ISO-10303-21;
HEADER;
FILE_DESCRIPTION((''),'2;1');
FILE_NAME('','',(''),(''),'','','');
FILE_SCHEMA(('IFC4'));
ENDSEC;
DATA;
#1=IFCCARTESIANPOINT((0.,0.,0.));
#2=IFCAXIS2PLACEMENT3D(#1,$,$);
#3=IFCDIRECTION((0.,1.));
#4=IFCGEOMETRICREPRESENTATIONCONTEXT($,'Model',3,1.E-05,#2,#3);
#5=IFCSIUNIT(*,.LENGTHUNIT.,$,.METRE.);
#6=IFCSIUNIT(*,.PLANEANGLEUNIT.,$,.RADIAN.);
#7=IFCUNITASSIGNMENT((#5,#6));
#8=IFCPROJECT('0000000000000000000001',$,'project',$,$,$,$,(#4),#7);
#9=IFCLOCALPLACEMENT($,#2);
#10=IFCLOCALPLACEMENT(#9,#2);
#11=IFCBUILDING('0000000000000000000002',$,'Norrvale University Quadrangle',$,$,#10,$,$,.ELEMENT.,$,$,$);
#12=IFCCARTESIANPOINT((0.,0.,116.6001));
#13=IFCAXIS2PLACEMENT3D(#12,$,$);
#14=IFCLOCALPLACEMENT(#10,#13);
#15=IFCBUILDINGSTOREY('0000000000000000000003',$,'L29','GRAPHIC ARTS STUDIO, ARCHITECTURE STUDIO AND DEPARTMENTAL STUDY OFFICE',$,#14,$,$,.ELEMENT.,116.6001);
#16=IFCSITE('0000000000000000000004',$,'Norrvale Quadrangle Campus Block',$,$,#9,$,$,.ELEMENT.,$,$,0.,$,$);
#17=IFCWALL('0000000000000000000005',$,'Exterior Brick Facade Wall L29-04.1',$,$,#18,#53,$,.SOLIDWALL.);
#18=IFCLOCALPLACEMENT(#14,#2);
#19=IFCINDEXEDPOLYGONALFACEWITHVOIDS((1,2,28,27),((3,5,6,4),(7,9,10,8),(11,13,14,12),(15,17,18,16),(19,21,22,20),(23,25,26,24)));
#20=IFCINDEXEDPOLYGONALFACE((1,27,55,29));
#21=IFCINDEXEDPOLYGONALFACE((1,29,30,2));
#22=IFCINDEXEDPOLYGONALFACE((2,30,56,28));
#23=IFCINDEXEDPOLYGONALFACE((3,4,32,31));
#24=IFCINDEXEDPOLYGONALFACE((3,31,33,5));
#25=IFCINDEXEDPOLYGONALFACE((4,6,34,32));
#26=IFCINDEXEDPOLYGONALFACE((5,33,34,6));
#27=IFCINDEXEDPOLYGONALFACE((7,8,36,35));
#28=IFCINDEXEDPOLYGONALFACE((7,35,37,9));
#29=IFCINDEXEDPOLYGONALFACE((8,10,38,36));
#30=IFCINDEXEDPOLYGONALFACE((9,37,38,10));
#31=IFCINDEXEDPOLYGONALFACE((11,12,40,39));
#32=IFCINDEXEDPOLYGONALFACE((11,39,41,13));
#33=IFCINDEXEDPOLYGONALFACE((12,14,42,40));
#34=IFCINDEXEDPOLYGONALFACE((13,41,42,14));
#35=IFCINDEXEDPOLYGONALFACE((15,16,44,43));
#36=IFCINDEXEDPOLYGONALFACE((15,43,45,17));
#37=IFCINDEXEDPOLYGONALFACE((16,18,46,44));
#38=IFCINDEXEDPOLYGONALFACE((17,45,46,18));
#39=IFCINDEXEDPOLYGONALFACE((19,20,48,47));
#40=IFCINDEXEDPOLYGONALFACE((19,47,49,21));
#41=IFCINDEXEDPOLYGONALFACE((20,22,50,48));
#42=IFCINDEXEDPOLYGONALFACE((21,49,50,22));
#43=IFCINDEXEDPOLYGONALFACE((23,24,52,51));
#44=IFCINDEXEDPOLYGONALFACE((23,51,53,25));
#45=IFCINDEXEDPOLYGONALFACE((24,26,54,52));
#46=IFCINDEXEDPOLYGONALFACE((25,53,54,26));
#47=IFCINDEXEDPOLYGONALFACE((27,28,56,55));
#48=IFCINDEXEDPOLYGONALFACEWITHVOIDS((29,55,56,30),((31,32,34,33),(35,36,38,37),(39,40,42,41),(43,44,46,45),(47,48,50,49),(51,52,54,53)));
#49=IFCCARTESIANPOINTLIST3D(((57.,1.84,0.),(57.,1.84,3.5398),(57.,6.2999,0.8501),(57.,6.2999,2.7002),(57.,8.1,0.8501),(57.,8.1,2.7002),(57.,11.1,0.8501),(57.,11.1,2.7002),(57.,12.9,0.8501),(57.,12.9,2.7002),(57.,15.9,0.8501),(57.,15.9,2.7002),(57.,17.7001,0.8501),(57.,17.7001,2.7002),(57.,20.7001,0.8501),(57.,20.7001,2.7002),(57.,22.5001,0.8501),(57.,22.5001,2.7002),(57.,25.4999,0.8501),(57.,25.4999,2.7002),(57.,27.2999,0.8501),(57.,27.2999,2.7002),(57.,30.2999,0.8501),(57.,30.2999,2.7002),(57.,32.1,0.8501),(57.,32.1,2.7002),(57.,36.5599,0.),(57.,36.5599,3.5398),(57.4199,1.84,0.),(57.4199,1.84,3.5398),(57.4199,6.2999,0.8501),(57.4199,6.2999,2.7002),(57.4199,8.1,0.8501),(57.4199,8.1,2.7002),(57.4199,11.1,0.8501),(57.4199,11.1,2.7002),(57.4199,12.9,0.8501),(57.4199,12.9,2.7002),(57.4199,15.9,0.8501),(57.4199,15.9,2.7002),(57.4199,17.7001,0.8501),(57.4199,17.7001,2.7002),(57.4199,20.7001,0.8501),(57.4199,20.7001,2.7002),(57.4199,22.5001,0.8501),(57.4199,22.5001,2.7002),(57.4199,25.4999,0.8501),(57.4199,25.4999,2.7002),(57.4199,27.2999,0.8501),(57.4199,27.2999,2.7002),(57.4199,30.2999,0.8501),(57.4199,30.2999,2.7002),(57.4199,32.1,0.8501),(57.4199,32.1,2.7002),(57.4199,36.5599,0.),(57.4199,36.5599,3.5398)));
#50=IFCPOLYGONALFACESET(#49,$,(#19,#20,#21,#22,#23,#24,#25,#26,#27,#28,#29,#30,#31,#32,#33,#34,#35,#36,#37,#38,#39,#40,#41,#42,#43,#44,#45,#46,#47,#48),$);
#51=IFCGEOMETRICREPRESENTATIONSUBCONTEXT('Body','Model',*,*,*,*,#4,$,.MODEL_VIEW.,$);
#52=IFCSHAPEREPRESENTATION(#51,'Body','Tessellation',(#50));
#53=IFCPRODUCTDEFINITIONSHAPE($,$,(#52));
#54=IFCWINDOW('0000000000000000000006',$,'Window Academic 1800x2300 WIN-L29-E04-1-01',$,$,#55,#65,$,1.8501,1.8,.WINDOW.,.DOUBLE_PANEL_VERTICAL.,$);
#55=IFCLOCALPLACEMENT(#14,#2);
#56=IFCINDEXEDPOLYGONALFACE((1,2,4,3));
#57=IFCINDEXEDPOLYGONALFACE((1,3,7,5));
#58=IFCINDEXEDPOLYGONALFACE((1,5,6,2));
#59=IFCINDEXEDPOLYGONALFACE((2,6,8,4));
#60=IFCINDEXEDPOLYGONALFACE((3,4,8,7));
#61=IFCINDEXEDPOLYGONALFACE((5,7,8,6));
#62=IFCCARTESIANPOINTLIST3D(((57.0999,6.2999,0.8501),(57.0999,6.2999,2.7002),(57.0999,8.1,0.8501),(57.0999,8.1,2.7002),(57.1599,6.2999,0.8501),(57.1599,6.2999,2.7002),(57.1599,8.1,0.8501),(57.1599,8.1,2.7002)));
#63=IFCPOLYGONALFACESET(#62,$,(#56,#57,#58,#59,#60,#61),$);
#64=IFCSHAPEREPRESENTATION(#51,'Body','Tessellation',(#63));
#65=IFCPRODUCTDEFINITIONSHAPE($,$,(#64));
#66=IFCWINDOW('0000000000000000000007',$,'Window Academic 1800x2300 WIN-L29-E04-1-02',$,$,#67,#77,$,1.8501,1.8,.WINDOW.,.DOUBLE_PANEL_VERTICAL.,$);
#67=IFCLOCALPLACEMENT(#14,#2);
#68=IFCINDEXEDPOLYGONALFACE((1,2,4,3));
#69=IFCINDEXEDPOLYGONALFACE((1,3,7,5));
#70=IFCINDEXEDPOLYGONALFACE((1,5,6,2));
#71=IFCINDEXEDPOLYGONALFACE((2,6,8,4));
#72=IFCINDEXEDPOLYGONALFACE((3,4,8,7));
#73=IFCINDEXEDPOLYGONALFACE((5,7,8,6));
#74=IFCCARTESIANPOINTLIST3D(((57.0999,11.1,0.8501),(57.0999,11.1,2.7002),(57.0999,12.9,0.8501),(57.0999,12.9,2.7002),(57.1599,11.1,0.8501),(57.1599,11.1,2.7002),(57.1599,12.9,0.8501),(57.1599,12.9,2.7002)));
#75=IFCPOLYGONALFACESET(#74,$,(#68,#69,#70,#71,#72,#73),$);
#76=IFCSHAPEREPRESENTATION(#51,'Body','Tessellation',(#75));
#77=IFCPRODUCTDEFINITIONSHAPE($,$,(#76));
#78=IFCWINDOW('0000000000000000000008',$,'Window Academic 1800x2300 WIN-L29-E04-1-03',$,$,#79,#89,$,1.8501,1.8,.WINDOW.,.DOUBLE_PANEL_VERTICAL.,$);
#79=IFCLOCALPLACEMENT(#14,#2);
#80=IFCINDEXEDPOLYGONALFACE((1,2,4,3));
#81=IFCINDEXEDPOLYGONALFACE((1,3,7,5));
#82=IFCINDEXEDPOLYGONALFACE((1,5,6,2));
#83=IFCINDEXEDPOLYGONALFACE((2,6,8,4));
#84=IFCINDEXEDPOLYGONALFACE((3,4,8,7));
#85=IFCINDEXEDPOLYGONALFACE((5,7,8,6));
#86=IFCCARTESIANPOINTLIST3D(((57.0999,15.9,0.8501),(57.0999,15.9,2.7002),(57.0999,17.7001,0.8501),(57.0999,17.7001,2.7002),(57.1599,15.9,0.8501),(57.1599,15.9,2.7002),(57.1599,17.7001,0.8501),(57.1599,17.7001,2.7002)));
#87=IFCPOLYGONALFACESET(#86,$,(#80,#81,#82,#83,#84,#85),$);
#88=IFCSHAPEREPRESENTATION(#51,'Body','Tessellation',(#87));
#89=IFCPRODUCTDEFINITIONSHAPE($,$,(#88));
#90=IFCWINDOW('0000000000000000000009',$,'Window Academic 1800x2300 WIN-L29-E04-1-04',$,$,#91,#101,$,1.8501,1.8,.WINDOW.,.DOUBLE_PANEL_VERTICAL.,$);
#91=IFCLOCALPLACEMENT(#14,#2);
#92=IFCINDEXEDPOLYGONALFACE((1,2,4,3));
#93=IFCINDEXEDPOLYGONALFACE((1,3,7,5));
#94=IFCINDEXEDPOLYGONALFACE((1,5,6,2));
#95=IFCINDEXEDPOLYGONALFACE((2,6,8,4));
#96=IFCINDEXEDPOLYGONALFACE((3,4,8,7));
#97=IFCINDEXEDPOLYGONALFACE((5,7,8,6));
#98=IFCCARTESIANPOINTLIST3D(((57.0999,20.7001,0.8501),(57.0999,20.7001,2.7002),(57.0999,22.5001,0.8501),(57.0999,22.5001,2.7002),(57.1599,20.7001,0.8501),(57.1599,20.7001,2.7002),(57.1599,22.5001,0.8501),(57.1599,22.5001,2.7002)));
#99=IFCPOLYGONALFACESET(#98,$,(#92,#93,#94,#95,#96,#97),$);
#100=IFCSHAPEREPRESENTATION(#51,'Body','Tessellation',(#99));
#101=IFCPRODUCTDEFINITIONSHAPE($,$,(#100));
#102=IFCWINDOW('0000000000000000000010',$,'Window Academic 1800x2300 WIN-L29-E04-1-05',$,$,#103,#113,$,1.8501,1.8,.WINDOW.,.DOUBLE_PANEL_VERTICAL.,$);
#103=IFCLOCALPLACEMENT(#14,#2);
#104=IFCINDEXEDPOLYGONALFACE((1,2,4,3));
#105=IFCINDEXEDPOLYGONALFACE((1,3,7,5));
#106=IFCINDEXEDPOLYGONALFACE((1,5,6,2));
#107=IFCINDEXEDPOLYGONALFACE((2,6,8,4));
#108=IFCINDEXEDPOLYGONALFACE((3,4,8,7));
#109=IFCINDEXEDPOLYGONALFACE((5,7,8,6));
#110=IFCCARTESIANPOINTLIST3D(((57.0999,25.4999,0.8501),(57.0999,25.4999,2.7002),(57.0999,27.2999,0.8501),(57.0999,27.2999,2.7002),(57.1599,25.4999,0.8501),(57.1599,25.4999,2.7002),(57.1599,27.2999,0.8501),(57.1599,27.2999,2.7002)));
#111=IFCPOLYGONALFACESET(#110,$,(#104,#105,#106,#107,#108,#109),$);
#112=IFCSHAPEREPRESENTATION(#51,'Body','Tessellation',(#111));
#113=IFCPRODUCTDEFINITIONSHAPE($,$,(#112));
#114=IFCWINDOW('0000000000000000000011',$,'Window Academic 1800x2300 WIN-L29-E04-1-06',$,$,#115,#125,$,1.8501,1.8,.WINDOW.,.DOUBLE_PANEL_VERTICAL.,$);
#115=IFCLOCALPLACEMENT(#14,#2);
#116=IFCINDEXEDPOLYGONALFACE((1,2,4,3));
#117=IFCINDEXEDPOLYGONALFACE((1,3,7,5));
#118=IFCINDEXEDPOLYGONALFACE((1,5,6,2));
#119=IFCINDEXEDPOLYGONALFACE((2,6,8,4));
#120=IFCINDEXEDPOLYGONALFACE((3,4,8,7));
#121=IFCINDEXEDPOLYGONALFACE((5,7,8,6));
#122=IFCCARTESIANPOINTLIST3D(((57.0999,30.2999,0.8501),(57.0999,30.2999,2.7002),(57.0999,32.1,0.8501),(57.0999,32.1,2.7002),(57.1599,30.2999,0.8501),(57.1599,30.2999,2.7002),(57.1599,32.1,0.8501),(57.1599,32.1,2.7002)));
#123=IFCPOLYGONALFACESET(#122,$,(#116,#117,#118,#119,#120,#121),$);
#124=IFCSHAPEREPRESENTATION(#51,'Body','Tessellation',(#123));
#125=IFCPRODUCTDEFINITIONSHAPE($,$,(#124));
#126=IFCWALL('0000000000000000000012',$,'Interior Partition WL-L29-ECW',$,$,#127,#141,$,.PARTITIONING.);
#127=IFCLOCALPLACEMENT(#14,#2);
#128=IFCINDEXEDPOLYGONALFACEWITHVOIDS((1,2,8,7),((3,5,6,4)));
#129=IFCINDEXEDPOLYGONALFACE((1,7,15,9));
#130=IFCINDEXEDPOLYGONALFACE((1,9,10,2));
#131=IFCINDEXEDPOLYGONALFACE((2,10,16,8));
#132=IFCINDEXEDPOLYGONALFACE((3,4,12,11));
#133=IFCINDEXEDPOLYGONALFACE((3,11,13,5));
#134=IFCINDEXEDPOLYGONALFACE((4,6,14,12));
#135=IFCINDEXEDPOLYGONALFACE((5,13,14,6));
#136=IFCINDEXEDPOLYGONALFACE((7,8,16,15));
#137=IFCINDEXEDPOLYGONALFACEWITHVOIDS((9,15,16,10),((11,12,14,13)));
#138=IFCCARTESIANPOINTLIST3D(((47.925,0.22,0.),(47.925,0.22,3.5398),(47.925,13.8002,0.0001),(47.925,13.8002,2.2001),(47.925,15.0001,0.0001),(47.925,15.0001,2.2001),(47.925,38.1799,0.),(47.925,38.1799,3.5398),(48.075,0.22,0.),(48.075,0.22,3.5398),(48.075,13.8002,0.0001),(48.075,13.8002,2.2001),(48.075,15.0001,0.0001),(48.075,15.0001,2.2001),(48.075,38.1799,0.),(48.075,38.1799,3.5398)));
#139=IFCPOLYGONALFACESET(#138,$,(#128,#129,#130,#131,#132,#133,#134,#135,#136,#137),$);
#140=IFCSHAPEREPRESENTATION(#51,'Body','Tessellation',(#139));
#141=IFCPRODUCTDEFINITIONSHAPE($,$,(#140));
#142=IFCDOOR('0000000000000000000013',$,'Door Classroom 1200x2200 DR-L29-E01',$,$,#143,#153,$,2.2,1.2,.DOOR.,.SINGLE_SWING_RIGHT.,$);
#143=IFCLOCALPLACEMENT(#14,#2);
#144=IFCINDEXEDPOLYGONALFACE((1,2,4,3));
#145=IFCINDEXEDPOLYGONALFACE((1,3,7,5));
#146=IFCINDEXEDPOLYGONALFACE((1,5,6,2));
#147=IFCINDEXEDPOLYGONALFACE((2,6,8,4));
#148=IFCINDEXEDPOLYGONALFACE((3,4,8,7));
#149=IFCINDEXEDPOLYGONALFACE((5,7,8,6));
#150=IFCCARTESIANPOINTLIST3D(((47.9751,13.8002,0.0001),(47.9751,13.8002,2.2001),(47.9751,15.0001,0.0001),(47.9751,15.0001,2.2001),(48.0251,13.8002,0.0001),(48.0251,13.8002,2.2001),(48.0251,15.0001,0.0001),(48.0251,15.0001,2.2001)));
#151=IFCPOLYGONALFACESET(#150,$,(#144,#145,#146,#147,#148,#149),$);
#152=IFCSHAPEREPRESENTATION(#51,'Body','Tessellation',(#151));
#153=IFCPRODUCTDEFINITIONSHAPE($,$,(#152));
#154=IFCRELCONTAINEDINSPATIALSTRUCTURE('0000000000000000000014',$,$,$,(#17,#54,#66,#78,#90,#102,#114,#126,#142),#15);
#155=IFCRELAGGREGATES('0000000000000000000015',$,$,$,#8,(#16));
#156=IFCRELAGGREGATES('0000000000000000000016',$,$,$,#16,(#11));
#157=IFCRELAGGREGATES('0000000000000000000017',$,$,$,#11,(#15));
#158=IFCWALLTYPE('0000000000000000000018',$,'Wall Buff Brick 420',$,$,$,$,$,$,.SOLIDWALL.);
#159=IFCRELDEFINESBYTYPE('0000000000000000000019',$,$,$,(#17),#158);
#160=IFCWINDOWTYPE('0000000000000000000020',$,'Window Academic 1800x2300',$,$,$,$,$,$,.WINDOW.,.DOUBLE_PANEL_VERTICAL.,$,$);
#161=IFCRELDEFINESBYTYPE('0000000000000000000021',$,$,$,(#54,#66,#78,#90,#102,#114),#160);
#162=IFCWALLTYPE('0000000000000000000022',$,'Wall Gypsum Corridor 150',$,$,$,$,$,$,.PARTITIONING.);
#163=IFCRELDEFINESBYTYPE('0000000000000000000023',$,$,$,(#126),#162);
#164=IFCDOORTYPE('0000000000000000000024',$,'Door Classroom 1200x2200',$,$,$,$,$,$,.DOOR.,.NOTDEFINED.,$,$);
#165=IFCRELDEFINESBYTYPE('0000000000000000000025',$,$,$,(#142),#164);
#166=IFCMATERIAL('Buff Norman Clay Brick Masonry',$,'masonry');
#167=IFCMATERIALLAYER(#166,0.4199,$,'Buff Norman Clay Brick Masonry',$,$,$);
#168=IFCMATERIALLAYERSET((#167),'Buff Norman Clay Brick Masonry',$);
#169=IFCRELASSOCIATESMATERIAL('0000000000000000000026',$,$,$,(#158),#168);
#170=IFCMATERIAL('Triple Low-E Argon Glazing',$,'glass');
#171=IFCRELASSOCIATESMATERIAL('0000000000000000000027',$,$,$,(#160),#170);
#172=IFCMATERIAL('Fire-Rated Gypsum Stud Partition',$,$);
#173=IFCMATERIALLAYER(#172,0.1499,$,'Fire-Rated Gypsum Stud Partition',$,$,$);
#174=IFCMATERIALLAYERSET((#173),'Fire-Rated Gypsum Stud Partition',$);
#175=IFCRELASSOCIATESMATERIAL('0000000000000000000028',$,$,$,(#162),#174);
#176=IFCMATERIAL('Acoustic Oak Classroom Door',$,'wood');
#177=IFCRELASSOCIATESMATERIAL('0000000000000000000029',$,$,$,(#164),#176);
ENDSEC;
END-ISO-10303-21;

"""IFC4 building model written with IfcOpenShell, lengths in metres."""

from ifc_helpers import new_model, si_unit, direction, frame, frame_2d, origin, place, context, subcontext, project, spatial, rectangle, extrude, material, layer, layer_set, type_object, element, fill, save


model = new_model("IFC4")

# Units and contexts
model_context = context("Model", 3, precision=1e-05, world=origin(), true_north=direction((0.0, 1.0)))
body_context = subcontext(model_context, "Body", "Model", "MODEL_VIEW")
ifc_project = project(units=[si_unit("LENGTHUNIT", "METRE"), si_unit("PLANEANGLEUNIT", "RADIAN")], contexts=[model_context])

# Site, building, storey
site_placement = place(None, origin())
site = spatial("IfcSite", under=ifc_project, at=site_placement, Name="Norrvale Quadrangle Campus Block", CompositionType="ELEMENT", RefElevation=0.0)
building_placement = place(site_placement, origin())
building = spatial("IfcBuilding", under=site, at=building_placement, Name="Norrvale University Quadrangle", CompositionType="ELEMENT")
storey_placement = place(building_placement, frame((0.0, 0.0, 116.6001)))
storey = spatial("IfcBuildingStorey", under=building, at=storey_placement, Name="L29", Description="GRAPHIC ARTS STUDIO, ARCHITECTURE STUDIO AND DEPARTMENTAL STUDY OFFICE", CompositionType="ELEMENT", Elevation=116.6001)

# Shared definitions
ifc_material_1 = material(Name="Buff Norman Clay Brick Masonry", Category="masonry")
ifc_layer_1 = layer(ifc_material_1, 0.4199, Name="Buff Norman Clay Brick Masonry")
ifc_layer_set_1 = layer_set([ifc_layer_1], Name="Buff Norman Clay Brick Masonry")
wall_type_1 = type_object("IfcWallType", Name="Wall Buff Brick 420", PredefinedType="SOLIDWALL", material=ifc_layer_set_1)

# Wall, openings, windows
wall_1_placement = place(storey_placement, frame((57.21, 1.8401, 0.0), z_axis=(0.0, 0.0, 1.0), x_axis=(0.0, 1.0, 0.0)))
wall_1 = element("IfcWall", 1, at=wall_1_placement, inside=storey, type_object=wall_type_1, Name="Exterior Brick Facade Wall L29-04.1", PredefinedType="SOLIDWALL", context=body_context, shape_type="SweptSolid", body=[
    extrude(rectangle(XDim=34.72, YDim=0.4199, at=frame_2d((17.3599, 0.0))), origin(), (0.0, 0.0, 1.0), 3.5398),
])
opening_1_placement = place(wall_1_placement, frame((4.46, 0.0, 0.8501)))
opening_1 = element("IfcOpeningElement", 2, at=opening_1_placement, cuts=wall_1, PredefinedType="OPENING", context=body_context, shape_type="SweptSolid", body=[
    extrude(rectangle(XDim=1.8, YDim=1.8501, at=frame_2d((0.8999, 0.925))), frame((0.0, 0.2219, 0.0), z_axis=(0.0, -1.0, 0.0), x_axis=(1.0, 0.0, 0.0)), (0.0, 0.0, 1.0), 0.4438),
])
opening_2_placement = place(wall_1_placement, frame((9.26, 0.0, 0.8501)))
opening_2 = element("IfcOpeningElement", 3, at=opening_2_placement, cuts=wall_1, PredefinedType="OPENING", context=body_context, shape_type="SweptSolid", body=[
    extrude(rectangle(XDim=1.8, YDim=1.8501, at=frame_2d((0.8999, 0.925))), frame((0.0, 0.2219, 0.0), z_axis=(0.0, -1.0, 0.0), x_axis=(1.0, 0.0, 0.0)), (0.0, 0.0, 1.0), 0.4438),
])
opening_3_placement = place(wall_1_placement, frame((14.0601, 0.0, 0.8501)))
opening_3 = element("IfcOpeningElement", 4, at=opening_3_placement, cuts=wall_1, PredefinedType="OPENING", context=body_context, shape_type="SweptSolid", body=[
    extrude(rectangle(XDim=1.8, YDim=1.8501, at=frame_2d((0.8999, 0.925))), frame((0.0, 0.2219, 0.0), z_axis=(0.0, -1.0, 0.0), x_axis=(1.0, 0.0, 0.0)), (0.0, 0.0, 1.0), 0.4438),
])
opening_4_placement = place(wall_1_placement, frame((18.8601, 0.0, 0.8501)))
opening_4 = element("IfcOpeningElement", 5, at=opening_4_placement, cuts=wall_1, PredefinedType="OPENING", context=body_context, shape_type="SweptSolid", body=[
    extrude(rectangle(XDim=1.8, YDim=1.8501, at=frame_2d((0.8999, 0.925))), frame((0.0, 0.2219, 0.0), z_axis=(0.0, -1.0, 0.0), x_axis=(1.0, 0.0, 0.0)), (0.0, 0.0, 1.0), 0.4438),
])
opening_5_placement = place(wall_1_placement, frame((23.6599, 0.0, 0.8501)))
opening_5 = element("IfcOpeningElement", 6, at=opening_5_placement, cuts=wall_1, PredefinedType="OPENING", context=body_context, shape_type="SweptSolid", body=[
    extrude(rectangle(XDim=1.8, YDim=1.8501, at=frame_2d((0.8999, 0.925))), frame((0.0, 0.2219, 0.0), z_axis=(0.0, -1.0, 0.0), x_axis=(1.0, 0.0, 0.0)), (0.0, 0.0, 1.0), 0.4438),
])
opening_6_placement = place(wall_1_placement, frame((28.46, 0.0, 0.8501)))
opening_6 = element("IfcOpeningElement", 7, at=opening_6_placement, cuts=wall_1, PredefinedType="OPENING", context=body_context, shape_type="SweptSolid", body=[
    extrude(rectangle(XDim=1.8, YDim=1.8501, at=frame_2d((0.8999, 0.925))), frame((0.0, 0.2219, 0.0), z_axis=(0.0, -1.0, 0.0), x_axis=(1.0, 0.0, 0.0)), (0.0, 0.0, 1.0), 0.4438),
])
ifc_material_2 = material(Name="Triple Low-E Argon Glazing", Category="glass")
window_type = type_object("IfcWindowType", Name="Window Academic 1800x2300", PartitioningType="DOUBLE_PANEL_VERTICAL", PredefinedType="WINDOW", material=ifc_material_2)
window_1_placement = place(opening_1_placement, origin())
window_1 = element("IfcWindow", 8, at=window_1_placement, inside=storey, type_object=window_type, Name="Window Academic 1800x2300 WIN-L29-E04-1-01", OverallHeight=1.8501, OverallWidth=1.8, PartitioningType="DOUBLE_PANEL_VERTICAL", PredefinedType="WINDOW", context=body_context, shape_type="SweptSolid", body=[
    extrude(rectangle(XDim=1.8, YDim=1.8501, at=frame_2d((0.8999, 0.925))), frame((0.0, 0.1101, 0.0), z_axis=(0.0, -1.0, 0.0), x_axis=(1.0, 0.0, 0.0)), (0.0, 0.0, 1.0), 0.0601),
])
fill(opening_1, window_1)
window_2_placement = place(opening_2_placement, origin())
window_2 = element("IfcWindow", 9, at=window_2_placement, inside=storey, type_object=window_type, Name="Window Academic 1800x2300 WIN-L29-E04-1-02", OverallHeight=1.8501, OverallWidth=1.8, PartitioningType="DOUBLE_PANEL_VERTICAL", PredefinedType="WINDOW", context=body_context, shape_type="SweptSolid", body=[
    extrude(rectangle(XDim=1.8, YDim=1.8501, at=frame_2d((0.8999, 0.925))), frame((0.0, 0.1101, 0.0), z_axis=(0.0, -1.0, 0.0), x_axis=(1.0, 0.0, 0.0)), (0.0, 0.0, 1.0), 0.0601),
])
fill(opening_2, window_2)
window_3_placement = place(opening_3_placement, origin())
window_3 = element("IfcWindow", 10, at=window_3_placement, inside=storey, type_object=window_type, Name="Window Academic 1800x2300 WIN-L29-E04-1-03", OverallHeight=1.8501, OverallWidth=1.8, PartitioningType="DOUBLE_PANEL_VERTICAL", PredefinedType="WINDOW", context=body_context, shape_type="SweptSolid", body=[
    extrude(rectangle(XDim=1.8, YDim=1.8501, at=frame_2d((0.8999, 0.925))), frame((0.0, 0.1101, 0.0), z_axis=(0.0, -1.0, 0.0), x_axis=(1.0, 0.0, 0.0)), (0.0, 0.0, 1.0), 0.0601),
])
fill(opening_3, window_3)
window_4_placement = place(opening_4_placement, origin())
window_4 = element("IfcWindow", 11, at=window_4_placement, inside=storey, type_object=window_type, Name="Window Academic 1800x2300 WIN-L29-E04-1-04", OverallHeight=1.8501, OverallWidth=1.8, PartitioningType="DOUBLE_PANEL_VERTICAL", PredefinedType="WINDOW", context=body_context, shape_type="SweptSolid", body=[
    extrude(rectangle(XDim=1.8, YDim=1.8501, at=frame_2d((0.8999, 0.925))), frame((0.0, 0.1101, 0.0), z_axis=(0.0, -1.0, 0.0), x_axis=(1.0, 0.0, 0.0)), (0.0, 0.0, 1.0), 0.0601),
])
fill(opening_4, window_4)
window_5_placement = place(opening_5_placement, origin())
window_5 = element("IfcWindow", 12, at=window_5_placement, inside=storey, type_object=window_type, Name="Window Academic 1800x2300 WIN-L29-E04-1-05", OverallHeight=1.8501, OverallWidth=1.8, PartitioningType="DOUBLE_PANEL_VERTICAL", PredefinedType="WINDOW", context=body_context, shape_type="SweptSolid", body=[
    extrude(rectangle(XDim=1.8, YDim=1.8501, at=frame_2d((0.8999, 0.925))), frame((0.0, 0.1101, 0.0), z_axis=(0.0, -1.0, 0.0), x_axis=(1.0, 0.0, 0.0)), (0.0, 0.0, 1.0), 0.0601),
])
fill(opening_5, window_5)
window_6_placement = place(opening_6_placement, origin())
window_6 = element("IfcWindow", 13, at=window_6_placement, inside=storey, type_object=window_type, Name="Window Academic 1800x2300 WIN-L29-E04-1-06", OverallHeight=1.8501, OverallWidth=1.8, PartitioningType="DOUBLE_PANEL_VERTICAL", PredefinedType="WINDOW", context=body_context, shape_type="SweptSolid", body=[
    extrude(rectangle(XDim=1.8, YDim=1.8501, at=frame_2d((0.8999, 0.925))), frame((0.0, 0.1101, 0.0), z_axis=(0.0, -1.0, 0.0), x_axis=(1.0, 0.0, 0.0)), (0.0, 0.0, 1.0), 0.0601),
])
fill(opening_6, window_6)

# Wall, opening, door
ifc_material_3 = material(Name="Fire-Rated Gypsum Stud Partition")
ifc_layer_2 = layer(ifc_material_3, 0.1499, Name="Fire-Rated Gypsum Stud Partition")
ifc_layer_set_2 = layer_set([ifc_layer_2], Name="Fire-Rated Gypsum Stud Partition")
wall_type_2 = type_object("IfcWallType", Name="Wall Gypsum Corridor 150", PredefinedType="PARTITIONING", material=ifc_layer_set_2)
wall_2_placement = place(storey_placement, frame((48.0, 0.22, 0.0), z_axis=(0.0, 0.0, 1.0), x_axis=(0.0, 1.0, 0.0)))
wall_2 = element("IfcWall", 14, at=wall_2_placement, inside=storey, type_object=wall_type_2, Name="Interior Partition WL-L29-ECW", PredefinedType="PARTITIONING", context=body_context, shape_type="SweptSolid", body=[
    extrude(rectangle(XDim=37.96, YDim=0.1499, at=frame_2d((18.98, 0.0))), origin(), (0.0, 0.0, 1.0), 3.5398),
])
opening_7_placement = place(wall_2_placement, frame((13.5801, 0.0, 0.0)))
opening_7 = element("IfcOpeningElement", 15, at=opening_7_placement, cuts=wall_2, PredefinedType="OPENING", context=body_context, shape_type="SweptSolid", body=[
    extrude(rectangle(XDim=1.2, YDim=2.2, at=frame_2d((0.6001, 1.1001))), frame((0.0, 0.0869, 0.0), z_axis=(0.0, -1.0, 0.0), x_axis=(1.0, 0.0, 0.0)), (0.0, 0.0, 1.0), 0.1738),
])
ifc_material_4 = material(Name="Acoustic Oak Classroom Door", Category="wood")
door_type = type_object("IfcDoorType", Name="Door Classroom 1200x2200", OperationType="NOTDEFINED", PredefinedType="DOOR", material=ifc_material_4)
door_1_placement = place(opening_7_placement, origin())
door_1 = element("IfcDoor", 16, at=door_1_placement, inside=storey, type_object=door_type, Name="Door Classroom 1200x2200 DR-L29-E01", OperationType="SINGLE_SWING_RIGHT", OverallHeight=2.2, OverallWidth=1.2, PredefinedType="DOOR", context=body_context, shape_type="SweptSolid", body=[
    extrude(rectangle(XDim=1.2, YDim=2.2, at=frame_2d((0.6001, 1.1001))), frame((0.0, 0.0249, 0.0), z_axis=(0.0, -1.0, 0.0), x_axis=(1.0, 0.0, 0.0)), (0.0, 0.0, 1.0), 0.05),
])
fill(opening_7, door_1)

save(model, "model.ifc")
